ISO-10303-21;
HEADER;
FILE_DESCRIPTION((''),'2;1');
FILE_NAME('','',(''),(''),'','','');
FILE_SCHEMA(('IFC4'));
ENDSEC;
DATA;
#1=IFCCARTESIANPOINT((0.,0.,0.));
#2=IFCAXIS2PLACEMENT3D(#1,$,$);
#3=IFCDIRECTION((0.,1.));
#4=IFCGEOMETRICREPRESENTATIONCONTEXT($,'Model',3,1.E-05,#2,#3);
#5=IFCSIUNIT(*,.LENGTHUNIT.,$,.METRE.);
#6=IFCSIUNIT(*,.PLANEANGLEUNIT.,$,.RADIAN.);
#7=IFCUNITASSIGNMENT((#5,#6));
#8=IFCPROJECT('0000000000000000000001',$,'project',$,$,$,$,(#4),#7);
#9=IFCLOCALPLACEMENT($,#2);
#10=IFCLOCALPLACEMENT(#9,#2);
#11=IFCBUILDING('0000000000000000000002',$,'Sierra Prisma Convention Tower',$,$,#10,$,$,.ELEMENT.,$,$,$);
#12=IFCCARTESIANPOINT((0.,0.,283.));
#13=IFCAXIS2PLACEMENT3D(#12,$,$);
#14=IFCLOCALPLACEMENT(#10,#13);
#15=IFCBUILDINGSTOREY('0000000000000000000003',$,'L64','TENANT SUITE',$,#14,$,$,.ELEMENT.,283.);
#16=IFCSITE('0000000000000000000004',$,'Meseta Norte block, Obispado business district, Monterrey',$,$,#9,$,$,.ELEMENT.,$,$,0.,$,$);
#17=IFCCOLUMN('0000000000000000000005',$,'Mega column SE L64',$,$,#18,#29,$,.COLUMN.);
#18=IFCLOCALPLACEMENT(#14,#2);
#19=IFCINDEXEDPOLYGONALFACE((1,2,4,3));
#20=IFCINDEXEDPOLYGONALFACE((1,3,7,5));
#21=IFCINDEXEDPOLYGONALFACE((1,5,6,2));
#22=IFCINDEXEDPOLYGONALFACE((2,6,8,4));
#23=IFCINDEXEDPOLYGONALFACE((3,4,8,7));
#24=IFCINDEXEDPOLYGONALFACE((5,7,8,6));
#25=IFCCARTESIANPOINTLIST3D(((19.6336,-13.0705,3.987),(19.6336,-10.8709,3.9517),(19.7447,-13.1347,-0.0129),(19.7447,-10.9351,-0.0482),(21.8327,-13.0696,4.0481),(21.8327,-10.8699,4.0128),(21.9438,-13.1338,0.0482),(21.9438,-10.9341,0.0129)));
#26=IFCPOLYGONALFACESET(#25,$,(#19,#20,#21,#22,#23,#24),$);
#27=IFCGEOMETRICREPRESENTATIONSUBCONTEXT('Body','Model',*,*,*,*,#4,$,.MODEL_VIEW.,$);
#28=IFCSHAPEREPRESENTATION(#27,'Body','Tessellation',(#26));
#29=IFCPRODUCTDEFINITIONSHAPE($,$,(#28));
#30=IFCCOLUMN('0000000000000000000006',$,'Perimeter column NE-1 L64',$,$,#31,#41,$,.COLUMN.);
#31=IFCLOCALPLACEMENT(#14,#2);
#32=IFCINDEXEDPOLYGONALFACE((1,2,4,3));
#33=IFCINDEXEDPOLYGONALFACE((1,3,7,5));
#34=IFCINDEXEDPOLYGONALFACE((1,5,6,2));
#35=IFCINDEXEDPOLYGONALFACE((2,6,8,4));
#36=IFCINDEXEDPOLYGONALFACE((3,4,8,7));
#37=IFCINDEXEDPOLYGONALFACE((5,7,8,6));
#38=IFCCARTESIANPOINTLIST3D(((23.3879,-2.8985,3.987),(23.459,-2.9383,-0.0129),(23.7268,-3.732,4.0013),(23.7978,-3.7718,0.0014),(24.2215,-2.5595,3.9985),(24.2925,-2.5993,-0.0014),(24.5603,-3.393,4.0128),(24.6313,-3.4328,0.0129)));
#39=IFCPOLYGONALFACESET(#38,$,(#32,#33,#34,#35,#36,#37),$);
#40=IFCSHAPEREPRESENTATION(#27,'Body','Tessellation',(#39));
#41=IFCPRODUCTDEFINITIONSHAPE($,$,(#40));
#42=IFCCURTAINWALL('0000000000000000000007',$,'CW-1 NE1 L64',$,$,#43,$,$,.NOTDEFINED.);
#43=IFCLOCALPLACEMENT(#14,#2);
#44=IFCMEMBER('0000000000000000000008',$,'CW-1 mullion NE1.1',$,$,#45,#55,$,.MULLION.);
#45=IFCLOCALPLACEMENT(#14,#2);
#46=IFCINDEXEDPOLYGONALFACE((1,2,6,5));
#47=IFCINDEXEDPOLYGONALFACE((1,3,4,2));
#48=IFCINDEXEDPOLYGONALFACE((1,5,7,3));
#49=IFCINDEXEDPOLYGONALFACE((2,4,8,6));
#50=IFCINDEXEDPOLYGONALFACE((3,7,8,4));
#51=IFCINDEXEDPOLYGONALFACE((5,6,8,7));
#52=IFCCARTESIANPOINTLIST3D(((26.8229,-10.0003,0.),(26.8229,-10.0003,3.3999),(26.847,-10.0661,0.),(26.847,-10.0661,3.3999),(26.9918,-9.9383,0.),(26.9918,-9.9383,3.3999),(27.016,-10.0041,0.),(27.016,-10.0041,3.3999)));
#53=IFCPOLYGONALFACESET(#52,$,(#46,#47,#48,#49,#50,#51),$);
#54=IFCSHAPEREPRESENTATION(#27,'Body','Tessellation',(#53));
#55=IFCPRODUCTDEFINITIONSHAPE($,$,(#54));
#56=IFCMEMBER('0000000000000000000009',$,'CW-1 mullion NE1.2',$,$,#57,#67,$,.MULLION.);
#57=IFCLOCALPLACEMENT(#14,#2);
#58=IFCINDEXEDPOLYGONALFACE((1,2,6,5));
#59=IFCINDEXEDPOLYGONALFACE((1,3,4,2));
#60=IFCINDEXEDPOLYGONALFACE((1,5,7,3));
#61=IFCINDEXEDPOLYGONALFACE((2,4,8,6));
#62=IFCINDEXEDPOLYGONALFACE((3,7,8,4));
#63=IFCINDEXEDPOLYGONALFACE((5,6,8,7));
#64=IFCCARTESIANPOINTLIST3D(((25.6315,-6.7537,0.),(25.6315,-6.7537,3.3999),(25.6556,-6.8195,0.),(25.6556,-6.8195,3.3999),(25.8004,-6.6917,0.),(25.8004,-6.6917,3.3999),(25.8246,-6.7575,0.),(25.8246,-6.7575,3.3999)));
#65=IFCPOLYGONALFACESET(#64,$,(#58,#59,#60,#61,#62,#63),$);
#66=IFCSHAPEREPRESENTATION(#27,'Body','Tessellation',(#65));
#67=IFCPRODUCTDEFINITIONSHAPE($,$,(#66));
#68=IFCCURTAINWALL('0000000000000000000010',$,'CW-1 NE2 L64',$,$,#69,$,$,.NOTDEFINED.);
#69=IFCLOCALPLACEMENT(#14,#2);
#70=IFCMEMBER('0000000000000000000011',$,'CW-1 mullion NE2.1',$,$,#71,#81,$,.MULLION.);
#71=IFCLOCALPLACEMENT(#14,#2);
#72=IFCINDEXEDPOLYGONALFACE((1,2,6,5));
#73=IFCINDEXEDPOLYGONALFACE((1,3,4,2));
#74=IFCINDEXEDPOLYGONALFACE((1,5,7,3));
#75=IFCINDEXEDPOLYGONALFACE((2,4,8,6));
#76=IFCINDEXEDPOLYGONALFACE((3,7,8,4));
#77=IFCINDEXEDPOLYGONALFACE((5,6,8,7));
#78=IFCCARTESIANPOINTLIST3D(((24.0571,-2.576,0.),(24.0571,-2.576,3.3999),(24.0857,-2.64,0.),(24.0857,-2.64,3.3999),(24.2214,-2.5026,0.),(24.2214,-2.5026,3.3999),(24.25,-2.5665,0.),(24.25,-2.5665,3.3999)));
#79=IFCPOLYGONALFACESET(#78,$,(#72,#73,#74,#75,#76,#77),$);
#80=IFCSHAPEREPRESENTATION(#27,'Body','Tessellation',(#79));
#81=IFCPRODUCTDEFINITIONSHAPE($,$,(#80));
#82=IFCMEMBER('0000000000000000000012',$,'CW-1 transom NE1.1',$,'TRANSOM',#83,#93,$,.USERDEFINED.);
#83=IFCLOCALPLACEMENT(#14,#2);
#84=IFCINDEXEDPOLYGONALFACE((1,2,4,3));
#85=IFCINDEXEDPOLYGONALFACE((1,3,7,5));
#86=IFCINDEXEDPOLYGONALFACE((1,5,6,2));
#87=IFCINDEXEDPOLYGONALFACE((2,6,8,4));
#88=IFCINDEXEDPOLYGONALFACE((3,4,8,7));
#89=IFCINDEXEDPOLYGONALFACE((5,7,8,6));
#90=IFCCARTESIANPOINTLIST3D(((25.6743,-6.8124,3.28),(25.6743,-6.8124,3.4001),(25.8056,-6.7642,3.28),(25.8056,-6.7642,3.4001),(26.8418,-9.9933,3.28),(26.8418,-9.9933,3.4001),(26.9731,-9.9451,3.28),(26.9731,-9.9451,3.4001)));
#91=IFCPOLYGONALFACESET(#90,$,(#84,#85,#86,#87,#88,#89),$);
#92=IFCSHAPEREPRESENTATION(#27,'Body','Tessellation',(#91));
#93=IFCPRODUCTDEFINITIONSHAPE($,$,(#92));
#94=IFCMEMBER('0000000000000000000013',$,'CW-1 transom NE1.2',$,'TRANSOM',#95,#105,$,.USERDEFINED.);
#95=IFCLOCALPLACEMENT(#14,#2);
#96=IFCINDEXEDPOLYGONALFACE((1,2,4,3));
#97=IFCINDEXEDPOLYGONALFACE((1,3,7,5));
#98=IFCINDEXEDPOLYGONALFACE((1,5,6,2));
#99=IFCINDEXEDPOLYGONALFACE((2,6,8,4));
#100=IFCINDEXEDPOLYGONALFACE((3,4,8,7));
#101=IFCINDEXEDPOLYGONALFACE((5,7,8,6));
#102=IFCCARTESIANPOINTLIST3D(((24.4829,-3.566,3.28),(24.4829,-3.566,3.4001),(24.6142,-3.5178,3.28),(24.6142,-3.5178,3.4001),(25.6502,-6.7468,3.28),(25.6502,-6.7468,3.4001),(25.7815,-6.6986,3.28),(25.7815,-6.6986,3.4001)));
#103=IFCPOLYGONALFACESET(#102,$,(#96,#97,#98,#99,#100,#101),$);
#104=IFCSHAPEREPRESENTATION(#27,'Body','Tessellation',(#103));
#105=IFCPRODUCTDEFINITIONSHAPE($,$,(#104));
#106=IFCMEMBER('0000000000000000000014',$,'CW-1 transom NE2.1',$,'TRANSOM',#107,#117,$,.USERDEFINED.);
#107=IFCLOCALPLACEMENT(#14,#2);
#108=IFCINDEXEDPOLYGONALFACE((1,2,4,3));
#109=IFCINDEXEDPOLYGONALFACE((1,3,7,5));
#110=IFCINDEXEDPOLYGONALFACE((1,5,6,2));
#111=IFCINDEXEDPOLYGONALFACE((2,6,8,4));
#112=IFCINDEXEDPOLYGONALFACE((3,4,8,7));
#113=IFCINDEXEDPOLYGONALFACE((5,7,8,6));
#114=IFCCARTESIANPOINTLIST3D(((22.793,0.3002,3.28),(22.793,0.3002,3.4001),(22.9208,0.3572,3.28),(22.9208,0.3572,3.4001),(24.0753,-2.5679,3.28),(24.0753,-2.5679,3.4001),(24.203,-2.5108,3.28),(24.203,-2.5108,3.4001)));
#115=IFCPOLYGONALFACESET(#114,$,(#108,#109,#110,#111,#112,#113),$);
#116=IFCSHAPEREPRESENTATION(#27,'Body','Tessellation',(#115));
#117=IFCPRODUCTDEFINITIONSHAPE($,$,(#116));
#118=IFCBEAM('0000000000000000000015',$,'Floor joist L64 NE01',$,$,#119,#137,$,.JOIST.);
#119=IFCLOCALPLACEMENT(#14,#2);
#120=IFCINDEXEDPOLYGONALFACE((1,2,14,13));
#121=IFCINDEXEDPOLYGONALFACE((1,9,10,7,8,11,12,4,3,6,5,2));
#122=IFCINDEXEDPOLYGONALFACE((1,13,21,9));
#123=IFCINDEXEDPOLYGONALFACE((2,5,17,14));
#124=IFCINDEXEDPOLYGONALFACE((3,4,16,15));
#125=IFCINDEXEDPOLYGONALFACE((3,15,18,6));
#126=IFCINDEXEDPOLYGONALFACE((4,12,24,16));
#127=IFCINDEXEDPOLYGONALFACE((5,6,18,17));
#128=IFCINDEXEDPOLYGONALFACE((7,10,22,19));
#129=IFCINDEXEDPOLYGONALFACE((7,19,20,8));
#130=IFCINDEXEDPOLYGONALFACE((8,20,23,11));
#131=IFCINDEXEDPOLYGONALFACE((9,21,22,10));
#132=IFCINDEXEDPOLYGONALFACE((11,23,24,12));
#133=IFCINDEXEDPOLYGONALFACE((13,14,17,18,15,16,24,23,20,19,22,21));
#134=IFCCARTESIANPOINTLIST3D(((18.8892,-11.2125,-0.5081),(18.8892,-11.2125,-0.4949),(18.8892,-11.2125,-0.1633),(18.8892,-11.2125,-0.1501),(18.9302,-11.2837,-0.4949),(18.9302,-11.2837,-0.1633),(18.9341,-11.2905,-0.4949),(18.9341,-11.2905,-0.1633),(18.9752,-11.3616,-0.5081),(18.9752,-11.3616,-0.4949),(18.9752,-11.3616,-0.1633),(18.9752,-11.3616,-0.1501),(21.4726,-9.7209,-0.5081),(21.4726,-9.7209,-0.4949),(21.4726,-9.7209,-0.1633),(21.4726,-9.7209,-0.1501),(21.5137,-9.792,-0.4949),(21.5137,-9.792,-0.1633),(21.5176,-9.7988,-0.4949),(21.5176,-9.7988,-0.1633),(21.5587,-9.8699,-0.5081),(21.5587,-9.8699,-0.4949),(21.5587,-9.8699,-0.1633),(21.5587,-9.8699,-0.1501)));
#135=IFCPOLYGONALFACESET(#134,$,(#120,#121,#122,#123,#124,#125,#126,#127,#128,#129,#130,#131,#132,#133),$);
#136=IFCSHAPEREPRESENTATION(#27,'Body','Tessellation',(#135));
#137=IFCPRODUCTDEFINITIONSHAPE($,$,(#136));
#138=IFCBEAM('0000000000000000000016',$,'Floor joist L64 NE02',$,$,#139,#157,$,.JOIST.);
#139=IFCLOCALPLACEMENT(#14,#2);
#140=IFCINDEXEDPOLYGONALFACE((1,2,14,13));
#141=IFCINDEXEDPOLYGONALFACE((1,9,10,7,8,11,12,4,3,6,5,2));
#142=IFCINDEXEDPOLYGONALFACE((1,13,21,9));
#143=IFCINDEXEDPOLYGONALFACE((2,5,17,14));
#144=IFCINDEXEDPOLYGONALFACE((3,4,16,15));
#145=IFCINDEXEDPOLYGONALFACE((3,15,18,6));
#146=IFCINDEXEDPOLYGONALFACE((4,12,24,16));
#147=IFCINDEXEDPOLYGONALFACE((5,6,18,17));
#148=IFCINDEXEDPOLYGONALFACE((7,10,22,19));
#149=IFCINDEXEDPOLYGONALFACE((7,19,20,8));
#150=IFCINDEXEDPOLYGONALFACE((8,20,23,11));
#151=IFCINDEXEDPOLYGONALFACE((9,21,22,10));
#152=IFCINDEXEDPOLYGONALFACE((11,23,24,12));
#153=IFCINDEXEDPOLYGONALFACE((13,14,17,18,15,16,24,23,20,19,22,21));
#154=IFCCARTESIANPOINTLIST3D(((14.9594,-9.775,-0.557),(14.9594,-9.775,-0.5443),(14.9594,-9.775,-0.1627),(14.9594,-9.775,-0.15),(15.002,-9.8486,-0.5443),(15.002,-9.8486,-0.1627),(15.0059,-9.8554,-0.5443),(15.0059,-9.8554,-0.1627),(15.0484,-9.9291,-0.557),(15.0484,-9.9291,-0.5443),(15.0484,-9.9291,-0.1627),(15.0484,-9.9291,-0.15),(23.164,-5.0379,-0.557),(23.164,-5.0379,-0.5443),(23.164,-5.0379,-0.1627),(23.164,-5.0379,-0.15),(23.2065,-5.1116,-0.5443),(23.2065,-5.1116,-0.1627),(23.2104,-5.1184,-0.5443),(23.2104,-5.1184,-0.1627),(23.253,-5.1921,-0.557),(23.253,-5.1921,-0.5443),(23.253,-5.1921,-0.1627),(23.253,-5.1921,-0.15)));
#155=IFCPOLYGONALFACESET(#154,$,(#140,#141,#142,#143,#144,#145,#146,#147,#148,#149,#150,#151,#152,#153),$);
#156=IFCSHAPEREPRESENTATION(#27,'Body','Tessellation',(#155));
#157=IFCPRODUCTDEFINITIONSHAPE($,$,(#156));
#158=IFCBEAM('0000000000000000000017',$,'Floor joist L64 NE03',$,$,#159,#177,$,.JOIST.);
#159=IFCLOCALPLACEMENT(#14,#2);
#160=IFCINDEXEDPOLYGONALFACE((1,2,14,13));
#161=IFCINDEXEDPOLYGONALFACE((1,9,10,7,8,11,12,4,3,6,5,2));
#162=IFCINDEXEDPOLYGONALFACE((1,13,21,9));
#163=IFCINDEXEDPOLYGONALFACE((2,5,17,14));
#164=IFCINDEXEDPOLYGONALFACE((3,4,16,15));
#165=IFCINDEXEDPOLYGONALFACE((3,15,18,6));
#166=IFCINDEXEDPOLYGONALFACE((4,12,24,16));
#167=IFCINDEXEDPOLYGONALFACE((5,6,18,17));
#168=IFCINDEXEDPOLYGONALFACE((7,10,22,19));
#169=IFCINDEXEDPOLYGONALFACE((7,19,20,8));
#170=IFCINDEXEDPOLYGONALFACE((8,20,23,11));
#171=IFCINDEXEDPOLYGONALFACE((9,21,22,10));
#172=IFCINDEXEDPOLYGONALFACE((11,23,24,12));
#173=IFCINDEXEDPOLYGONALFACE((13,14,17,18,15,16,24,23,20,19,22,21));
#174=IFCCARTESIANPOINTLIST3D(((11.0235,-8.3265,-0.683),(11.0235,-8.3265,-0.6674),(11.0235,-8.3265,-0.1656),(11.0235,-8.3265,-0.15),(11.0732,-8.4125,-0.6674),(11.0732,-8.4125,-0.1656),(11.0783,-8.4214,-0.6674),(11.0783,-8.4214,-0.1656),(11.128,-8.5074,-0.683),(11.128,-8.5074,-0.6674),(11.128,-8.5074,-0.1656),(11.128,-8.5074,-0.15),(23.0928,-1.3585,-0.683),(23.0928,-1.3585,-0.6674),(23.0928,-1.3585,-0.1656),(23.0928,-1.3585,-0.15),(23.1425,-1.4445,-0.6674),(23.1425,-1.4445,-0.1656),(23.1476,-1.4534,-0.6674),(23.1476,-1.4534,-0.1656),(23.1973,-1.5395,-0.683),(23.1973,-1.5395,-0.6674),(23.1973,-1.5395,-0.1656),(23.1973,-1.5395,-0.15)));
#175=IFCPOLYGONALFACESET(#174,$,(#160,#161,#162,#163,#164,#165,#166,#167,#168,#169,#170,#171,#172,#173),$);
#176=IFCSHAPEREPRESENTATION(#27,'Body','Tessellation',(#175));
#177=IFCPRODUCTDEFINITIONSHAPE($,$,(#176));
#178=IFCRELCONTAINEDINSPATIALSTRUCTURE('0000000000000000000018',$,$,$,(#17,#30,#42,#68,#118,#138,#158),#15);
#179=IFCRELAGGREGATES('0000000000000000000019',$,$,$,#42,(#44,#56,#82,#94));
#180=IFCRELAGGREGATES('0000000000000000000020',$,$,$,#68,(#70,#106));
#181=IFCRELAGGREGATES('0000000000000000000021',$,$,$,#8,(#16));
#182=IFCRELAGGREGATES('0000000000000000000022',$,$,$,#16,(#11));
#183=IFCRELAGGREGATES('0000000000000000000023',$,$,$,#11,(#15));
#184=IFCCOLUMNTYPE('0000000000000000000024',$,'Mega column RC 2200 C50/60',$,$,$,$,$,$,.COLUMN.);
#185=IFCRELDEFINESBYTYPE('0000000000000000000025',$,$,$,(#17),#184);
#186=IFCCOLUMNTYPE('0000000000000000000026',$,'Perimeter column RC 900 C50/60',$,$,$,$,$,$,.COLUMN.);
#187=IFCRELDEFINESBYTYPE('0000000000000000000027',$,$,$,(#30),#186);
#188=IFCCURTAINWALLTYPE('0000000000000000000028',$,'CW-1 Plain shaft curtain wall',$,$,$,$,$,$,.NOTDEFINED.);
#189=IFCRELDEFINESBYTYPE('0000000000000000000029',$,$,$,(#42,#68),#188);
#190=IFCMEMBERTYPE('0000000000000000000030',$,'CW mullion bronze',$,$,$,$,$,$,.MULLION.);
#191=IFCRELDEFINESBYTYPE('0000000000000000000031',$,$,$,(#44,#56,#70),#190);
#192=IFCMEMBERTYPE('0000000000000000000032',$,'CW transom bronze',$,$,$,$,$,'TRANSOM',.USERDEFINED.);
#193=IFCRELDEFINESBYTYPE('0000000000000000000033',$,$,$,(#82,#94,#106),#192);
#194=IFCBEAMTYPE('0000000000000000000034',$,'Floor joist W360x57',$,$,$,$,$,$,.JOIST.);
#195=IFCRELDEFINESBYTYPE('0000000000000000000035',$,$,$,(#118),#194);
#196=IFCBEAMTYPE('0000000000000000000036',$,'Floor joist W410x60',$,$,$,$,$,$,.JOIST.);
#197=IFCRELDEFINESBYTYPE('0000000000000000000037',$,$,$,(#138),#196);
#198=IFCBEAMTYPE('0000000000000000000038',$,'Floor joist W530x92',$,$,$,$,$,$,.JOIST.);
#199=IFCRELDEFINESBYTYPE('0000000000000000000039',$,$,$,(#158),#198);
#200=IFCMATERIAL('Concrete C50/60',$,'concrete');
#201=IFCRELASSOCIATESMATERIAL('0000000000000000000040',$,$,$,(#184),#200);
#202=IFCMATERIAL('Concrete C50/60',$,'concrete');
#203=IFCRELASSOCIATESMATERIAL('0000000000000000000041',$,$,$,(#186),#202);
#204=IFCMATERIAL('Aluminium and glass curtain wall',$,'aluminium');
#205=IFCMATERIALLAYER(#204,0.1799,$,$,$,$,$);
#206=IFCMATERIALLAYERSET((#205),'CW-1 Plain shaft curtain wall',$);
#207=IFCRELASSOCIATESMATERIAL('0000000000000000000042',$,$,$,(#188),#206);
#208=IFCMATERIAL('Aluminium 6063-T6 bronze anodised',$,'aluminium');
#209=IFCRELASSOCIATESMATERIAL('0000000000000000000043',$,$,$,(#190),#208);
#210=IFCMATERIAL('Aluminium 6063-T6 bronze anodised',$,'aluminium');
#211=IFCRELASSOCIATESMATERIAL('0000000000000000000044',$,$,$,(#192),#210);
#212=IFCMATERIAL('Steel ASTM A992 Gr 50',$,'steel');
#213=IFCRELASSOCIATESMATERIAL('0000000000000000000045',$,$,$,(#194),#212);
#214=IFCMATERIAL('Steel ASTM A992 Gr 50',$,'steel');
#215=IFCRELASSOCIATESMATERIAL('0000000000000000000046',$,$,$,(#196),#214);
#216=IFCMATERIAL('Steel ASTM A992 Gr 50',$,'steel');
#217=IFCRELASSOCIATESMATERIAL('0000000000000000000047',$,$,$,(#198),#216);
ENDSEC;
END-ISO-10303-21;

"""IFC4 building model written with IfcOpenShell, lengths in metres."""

from ifc_helpers import new_model, si_unit, direction, frame, origin, origin_2d, place, context, subcontext, project, spatial, rectangle, i_section, extrude, material, layer, layer_set, material_profile, profile_set, type_object, element, aggregate, save


model = new_model("IFC4")

# Units and contexts
model_context = context("Model", 3, precision=1e-05, world=origin(), true_north=direction((0.0, 1.0)))
body_context = subcontext(model_context, "Body", "Model", "MODEL_VIEW")
ifc_project = project(units=[si_unit("LENGTHUNIT", "METRE"), si_unit("PLANEANGLEUNIT", "RADIAN")], contexts=[model_context])

# Site, building, storey
site_placement = place(None, origin())
site = spatial("IfcSite", under=ifc_project, at=site_placement, Name="Meseta Norte block, Obispado business district, Monterrey", CompositionType="ELEMENT", RefElevation=0.0)
building_placement = place(site_placement, origin())
building = spatial("IfcBuilding", under=site, at=building_placement, Name="Sierra Prisma Convention Tower", CompositionType="ELEMENT")
storey_placement = place(building_placement, frame((0.0, 0.0, 283.0)))
storey = spatial("IfcBuildingStorey", under=building, at=storey_placement, Name="L64", Description="TENANT SUITE", CompositionType="ELEMENT", Elevation=283.0)

# Columns
ifc_material_1 = material(Name="Concrete C50/60", Category="concrete")
ifc_material_profile_1 = material_profile(ifc_material_1, rectangle(XDim=2.2, YDim=2.2, at=origin_2d()), Name="Mega column RC 2200 C50/60")
ifc_profile_set_1 = profile_set([ifc_material_profile_1], Name="Concrete C50/60")
column_type_1 = type_object("IfcColumnType", Name="Mega column RC 2200 C50/60", PredefinedType="COLUMN", material=ifc_profile_set_1)
column_1_placement = place(storey_placement, frame((20.8442, -12.0344, 0.0), z_axis=(-0.027757, 0.016044, 0.999486), x_axis=(0.999615, 0.000446, 0.027753)))
element("IfcColumn", 1, at=column_1_placement, inside=storey, type_object=column_type_1, Name="Mega column SE L64", PredefinedType="COLUMN", context=body_context, shape_type="SweptSolid", body=[
    extrude(rectangle(XDim=2.2, YDim=2.2, at=origin_2d()), origin(), (0.0, 0.0, 1.0), 4.002),
])
ifc_material_2 = material(Name="Concrete C50/60", Category="concrete")
ifc_material_profile_2 = material_profile(ifc_material_2, rectangle(XDim=0.8999, YDim=0.8999, at=origin_2d()), Name="Perimeter column RC 900 C50/60")
ifc_profile_set_2 = profile_set([ifc_material_profile_2], Name="Concrete C50/60")
column_type_2 = type_object("IfcColumnType", Name="Perimeter column RC 900 C50/60", PredefinedType="COLUMN", material=ifc_profile_set_2)
column_2_placement = place(storey_placement, frame((24.0452, -3.1855, 0.0), z_axis=(-0.017758, 0.009947, 0.999793), x_axis=(-0.376534, 0.926266, -0.015903)))
element("IfcColumn", 2, at=column_2_placement, inside=storey, type_object=column_type_2, Name="Perimeter column NE-1 L64", PredefinedType="COLUMN", context=body_context, shape_type="SweptSolid", body=[
    extrude(rectangle(XDim=0.8999, YDim=0.8999, at=origin_2d()), origin(), (0.0, 0.0, 1.0), 4.0007),
])

# Curtain wall, members
ifc_material_3 = material(Name="Aluminium and glass curtain wall", Category="aluminium")
ifc_layer_1 = layer(ifc_material_3, 0.1799)
ifc_layer_set_1 = layer_set([ifc_layer_1], Name="CW-1 Plain shaft curtain wall")
curtain_wall_type = type_object("IfcCurtainWallType", Name="CW-1 Plain shaft curtain wall", PredefinedType="NOTDEFINED", material=ifc_layer_set_1)
curtain_wall_1_placement = place(storey_placement, origin())
curtain_wall_1 = element("IfcCurtainWall", 3, at=curtain_wall_1_placement, inside=storey, type_object=curtain_wall_type, Name="CW-1 NE1 L64", PredefinedType="NOTDEFINED")
ifc_material_4 = material(Name="Aluminium 6063-T6 bronze anodised", Category="aluminium")
ifc_material_profile_3 = material_profile(ifc_material_4, rectangle(XDim=0.1799, YDim=0.0701, at=origin_2d()), Name="ALU MULLION 70x180")
ifc_profile_set_3 = profile_set([ifc_material_profile_3], Name="Aluminium 6063-T6 bronze anodised")
member_type_1 = type_object("IfcMemberType", Name="CW mullion bronze", PredefinedType="MULLION", material=ifc_profile_set_3)
member_1_placement = place(storey_placement, frame((26.9194, -10.0022, 0.0), z_axis=(0.0, 0.0, 1.0), x_axis=(-0.938773, -0.344536, 0.0)))
member_1 = element("IfcMember", 4, at=member_1_placement, type_object=member_type_1, Name="CW-1 mullion NE1.1", PredefinedType="MULLION", context=body_context, shape_type="SweptSolid", body=[
    extrude(rectangle(XDim=0.1799, YDim=0.0701, at=origin_2d()), origin(), (0.0, 0.0, 1.0), 3.3999),
])
member_2_placement = place(storey_placement, frame((25.728, -6.7556, 0.0), z_axis=(0.0, 0.0, 1.0), x_axis=(-0.938773, -0.344536, 0.0)))
member_2 = element("IfcMember", 5, at=member_2_placement, type_object=member_type_1, Name="CW-1 mullion NE1.2", PredefinedType="MULLION", context=body_context, shape_type="SweptSolid", body=[
    extrude(rectangle(XDim=0.1799, YDim=0.0701, at=origin_2d()), origin(), (0.0, 0.0, 1.0), 3.3999),
])

# Curtain wall, member
curtain_wall_2_placement = place(storey_placement, origin())
curtain_wall_2 = element("IfcCurtainWall", 6, at=curtain_wall_2_placement, inside=storey, type_object=curtain_wall_type, Name="CW-1 NE2 L64", PredefinedType="NOTDEFINED")
member_3_placement = place(storey_placement, frame((24.1536, -2.5713, 0.0), z_axis=(0.0, 0.0, 1.0), x_axis=(-0.91289, -0.408205, 0.0)))
member_3 = element("IfcMember", 7, at=member_3_placement, type_object=member_type_1, Name="CW-1 mullion NE2.1", PredefinedType="MULLION", context=body_context, shape_type="SweptSolid", body=[
    extrude(rectangle(XDim=0.1799, YDim=0.0701, at=origin_2d()), origin(), (0.0, 0.0, 1.0), 3.3999),
])

# Members
ifc_material_5 = material(Name="Aluminium 6063-T6 bronze anodised", Category="aluminium")
ifc_material_profile_4 = material_profile(ifc_material_5, rectangle(XDim=0.1399, YDim=0.1201, at=origin_2d()), Name="ALU TRANSOM 120x140")
ifc_profile_set_4 = profile_set([ifc_material_profile_4], Name="Aluminium 6063-T6 bronze anodised")
member_type_2 = type_object("IfcMemberType", Name="CW transom bronze", ElementType="TRANSOM", PredefinedType="USERDEFINED", material=ifc_profile_set_4)
member_4_placement = place(storey_placement, frame((26.9075, -9.9692, 3.3401), z_axis=(-0.344553, 0.938767, 0.0), x_axis=(-0.938767, -0.344553, 0.0)))
member_4 = element("IfcMember", 8, at=member_4_placement, type_object=member_type_2, Name="CW-1 transom NE1.1", ObjectType="TRANSOM", PredefinedType="USERDEFINED", context=body_context, shape_type="SweptSolid", body=[
    extrude(rectangle(XDim=0.1399, YDim=0.1201, at=origin_2d()), origin(), (0.0, 0.0, 1.0), 3.3884),
])
member_5_placement = place(storey_placement, frame((25.7158, -6.7227, 3.3401), z_axis=(-0.344513, 0.938782, 0.0), x_axis=(-0.938782, -0.344513, 0.0)))
member_5 = element("IfcMember", 9, at=member_5_placement, type_object=member_type_2, Name="CW-1 transom NE1.2", ObjectType="TRANSOM", PredefinedType="USERDEFINED", context=body_context, shape_type="SweptSolid", body=[
    extrude(rectangle(XDim=0.1399, YDim=0.1201, at=origin_2d()), origin(), (0.0, 0.0, 1.0), 3.3882),
])
member_6_placement = place(storey_placement, frame((24.1392, -2.5393, 3.3401), z_axis=(-0.408156, 0.912912, 0.0), x_axis=(-0.912912, -0.408156, 0.0)))
member_6 = element("IfcMember", 10, at=member_6_placement, type_object=member_type_2, Name="CW-1 transom NE2.1", ObjectType="TRANSOM", PredefinedType="USERDEFINED", context=body_context, shape_type="SweptSolid", body=[
    extrude(rectangle(XDim=0.1399, YDim=0.1201, at=origin_2d()), origin(), (0.0, 0.0, 1.0), 3.1416),
])

# Beams
ifc_material_6 = material(Name="Steel ASTM A992 Gr 50", Category="steel")
ifc_material_profile_5 = material_profile(ifc_material_6, i_section(OverallWidth=0.1721, OverallDepth=0.3579, WebThickness=0.0078, FlangeThickness=0.0132, at=origin_2d()), Name="W360x57")
ifc_profile_set_5 = profile_set([ifc_material_profile_5], Name="Steel ASTM A992 Gr 50")
beam_type_1 = type_object("IfcBeamType", Name="Floor joist W360x57", PredefinedType="JOIST", material=ifc_profile_set_5)
beam_1_placement = place(storey_placement, frame((21.5156, -9.7954, -0.3291), z_axis=(-0.866008, -0.500029, 0.0), x_axis=(0.500029, -0.866008, 0.0)))
element("IfcBeam", 11, at=beam_1_placement, inside=storey, type_object=beam_type_1, Name="Floor joist L64 NE01", PredefinedType="JOIST", context=body_context, shape_type="SweptSolid", body=[
    extrude(i_section(OverallWidth=0.1721, OverallDepth=0.3579, WebThickness=0.0078, FlangeThickness=0.0132, at=origin_2d()), origin(), (0.0, 0.0, 1.0), 2.9832),
])
ifc_material_7 = material(Name="Steel ASTM A992 Gr 50", Category="steel")
ifc_material_profile_6 = material_profile(ifc_material_7, i_section(OverallWidth=0.178, OverallDepth=0.407, WebThickness=0.0078, FlangeThickness=0.0127, at=origin_2d()), Name="W410x60")
ifc_profile_set_6 = profile_set([ifc_material_profile_6], Name="Steel ASTM A992 Gr 50")
beam_type_2 = type_object("IfcBeamType", Name="Floor joist W410x60", PredefinedType="JOIST", material=ifc_profile_set_6)
beam_2_placement = place(storey_placement, frame((23.2085, -5.115, -0.3535), z_axis=(-0.866019, -0.500011, 0.0), x_axis=(0.500011, -0.866019, 0.0)))
element("IfcBeam", 12, at=beam_2_placement, inside=storey, type_object=beam_type_2, Name="Floor joist L64 NE02", PredefinedType="JOIST", context=body_context, shape_type="SweptSolid", body=[
    extrude(i_section(OverallWidth=0.178, OverallDepth=0.407, WebThickness=0.0078, FlangeThickness=0.0127, at=origin_2d()), origin(), (0.0, 0.0, 1.0), 9.4739),
])
ifc_material_8 = material(Name="Steel ASTM A992 Gr 50", Category="steel")
ifc_material_profile_7 = material_profile(ifc_material_8, i_section(OverallWidth=0.209, OverallDepth=0.533, WebThickness=0.0103, FlangeThickness=0.0156, at=origin_2d()), Name="W530x92")
ifc_profile_set_7 = profile_set([ifc_material_profile_7], Name="Steel ASTM A992 Gr 50")
beam_type_3 = type_object("IfcBeamType", Name="Floor joist W530x92", PredefinedType="JOIST", material=ifc_profile_set_7)
beam_3_placement = place(storey_placement, frame((23.145, -1.449, -0.4165), z_axis=(-0.866032, -0.499988, 0.0), x_axis=(0.499988, -0.866032, 0.0)))
element("IfcBeam", 13, at=beam_3_placement, inside=storey, type_object=beam_type_3, Name="Floor joist L64 NE03", PredefinedType="JOIST", context=body_context, shape_type="SweptSolid", body=[
    extrude(i_section(OverallWidth=0.209, OverallDepth=0.533, WebThickness=0.0103, FlangeThickness=0.0156, at=origin_2d()), origin(), (0.0, 0.0, 1.0), 13.9363),
])

aggregate(curtain_wall_1, [member_1, member_2, member_4, member_5])
aggregate(curtain_wall_2, [member_3, member_6])

save(model, "model.ifc")
